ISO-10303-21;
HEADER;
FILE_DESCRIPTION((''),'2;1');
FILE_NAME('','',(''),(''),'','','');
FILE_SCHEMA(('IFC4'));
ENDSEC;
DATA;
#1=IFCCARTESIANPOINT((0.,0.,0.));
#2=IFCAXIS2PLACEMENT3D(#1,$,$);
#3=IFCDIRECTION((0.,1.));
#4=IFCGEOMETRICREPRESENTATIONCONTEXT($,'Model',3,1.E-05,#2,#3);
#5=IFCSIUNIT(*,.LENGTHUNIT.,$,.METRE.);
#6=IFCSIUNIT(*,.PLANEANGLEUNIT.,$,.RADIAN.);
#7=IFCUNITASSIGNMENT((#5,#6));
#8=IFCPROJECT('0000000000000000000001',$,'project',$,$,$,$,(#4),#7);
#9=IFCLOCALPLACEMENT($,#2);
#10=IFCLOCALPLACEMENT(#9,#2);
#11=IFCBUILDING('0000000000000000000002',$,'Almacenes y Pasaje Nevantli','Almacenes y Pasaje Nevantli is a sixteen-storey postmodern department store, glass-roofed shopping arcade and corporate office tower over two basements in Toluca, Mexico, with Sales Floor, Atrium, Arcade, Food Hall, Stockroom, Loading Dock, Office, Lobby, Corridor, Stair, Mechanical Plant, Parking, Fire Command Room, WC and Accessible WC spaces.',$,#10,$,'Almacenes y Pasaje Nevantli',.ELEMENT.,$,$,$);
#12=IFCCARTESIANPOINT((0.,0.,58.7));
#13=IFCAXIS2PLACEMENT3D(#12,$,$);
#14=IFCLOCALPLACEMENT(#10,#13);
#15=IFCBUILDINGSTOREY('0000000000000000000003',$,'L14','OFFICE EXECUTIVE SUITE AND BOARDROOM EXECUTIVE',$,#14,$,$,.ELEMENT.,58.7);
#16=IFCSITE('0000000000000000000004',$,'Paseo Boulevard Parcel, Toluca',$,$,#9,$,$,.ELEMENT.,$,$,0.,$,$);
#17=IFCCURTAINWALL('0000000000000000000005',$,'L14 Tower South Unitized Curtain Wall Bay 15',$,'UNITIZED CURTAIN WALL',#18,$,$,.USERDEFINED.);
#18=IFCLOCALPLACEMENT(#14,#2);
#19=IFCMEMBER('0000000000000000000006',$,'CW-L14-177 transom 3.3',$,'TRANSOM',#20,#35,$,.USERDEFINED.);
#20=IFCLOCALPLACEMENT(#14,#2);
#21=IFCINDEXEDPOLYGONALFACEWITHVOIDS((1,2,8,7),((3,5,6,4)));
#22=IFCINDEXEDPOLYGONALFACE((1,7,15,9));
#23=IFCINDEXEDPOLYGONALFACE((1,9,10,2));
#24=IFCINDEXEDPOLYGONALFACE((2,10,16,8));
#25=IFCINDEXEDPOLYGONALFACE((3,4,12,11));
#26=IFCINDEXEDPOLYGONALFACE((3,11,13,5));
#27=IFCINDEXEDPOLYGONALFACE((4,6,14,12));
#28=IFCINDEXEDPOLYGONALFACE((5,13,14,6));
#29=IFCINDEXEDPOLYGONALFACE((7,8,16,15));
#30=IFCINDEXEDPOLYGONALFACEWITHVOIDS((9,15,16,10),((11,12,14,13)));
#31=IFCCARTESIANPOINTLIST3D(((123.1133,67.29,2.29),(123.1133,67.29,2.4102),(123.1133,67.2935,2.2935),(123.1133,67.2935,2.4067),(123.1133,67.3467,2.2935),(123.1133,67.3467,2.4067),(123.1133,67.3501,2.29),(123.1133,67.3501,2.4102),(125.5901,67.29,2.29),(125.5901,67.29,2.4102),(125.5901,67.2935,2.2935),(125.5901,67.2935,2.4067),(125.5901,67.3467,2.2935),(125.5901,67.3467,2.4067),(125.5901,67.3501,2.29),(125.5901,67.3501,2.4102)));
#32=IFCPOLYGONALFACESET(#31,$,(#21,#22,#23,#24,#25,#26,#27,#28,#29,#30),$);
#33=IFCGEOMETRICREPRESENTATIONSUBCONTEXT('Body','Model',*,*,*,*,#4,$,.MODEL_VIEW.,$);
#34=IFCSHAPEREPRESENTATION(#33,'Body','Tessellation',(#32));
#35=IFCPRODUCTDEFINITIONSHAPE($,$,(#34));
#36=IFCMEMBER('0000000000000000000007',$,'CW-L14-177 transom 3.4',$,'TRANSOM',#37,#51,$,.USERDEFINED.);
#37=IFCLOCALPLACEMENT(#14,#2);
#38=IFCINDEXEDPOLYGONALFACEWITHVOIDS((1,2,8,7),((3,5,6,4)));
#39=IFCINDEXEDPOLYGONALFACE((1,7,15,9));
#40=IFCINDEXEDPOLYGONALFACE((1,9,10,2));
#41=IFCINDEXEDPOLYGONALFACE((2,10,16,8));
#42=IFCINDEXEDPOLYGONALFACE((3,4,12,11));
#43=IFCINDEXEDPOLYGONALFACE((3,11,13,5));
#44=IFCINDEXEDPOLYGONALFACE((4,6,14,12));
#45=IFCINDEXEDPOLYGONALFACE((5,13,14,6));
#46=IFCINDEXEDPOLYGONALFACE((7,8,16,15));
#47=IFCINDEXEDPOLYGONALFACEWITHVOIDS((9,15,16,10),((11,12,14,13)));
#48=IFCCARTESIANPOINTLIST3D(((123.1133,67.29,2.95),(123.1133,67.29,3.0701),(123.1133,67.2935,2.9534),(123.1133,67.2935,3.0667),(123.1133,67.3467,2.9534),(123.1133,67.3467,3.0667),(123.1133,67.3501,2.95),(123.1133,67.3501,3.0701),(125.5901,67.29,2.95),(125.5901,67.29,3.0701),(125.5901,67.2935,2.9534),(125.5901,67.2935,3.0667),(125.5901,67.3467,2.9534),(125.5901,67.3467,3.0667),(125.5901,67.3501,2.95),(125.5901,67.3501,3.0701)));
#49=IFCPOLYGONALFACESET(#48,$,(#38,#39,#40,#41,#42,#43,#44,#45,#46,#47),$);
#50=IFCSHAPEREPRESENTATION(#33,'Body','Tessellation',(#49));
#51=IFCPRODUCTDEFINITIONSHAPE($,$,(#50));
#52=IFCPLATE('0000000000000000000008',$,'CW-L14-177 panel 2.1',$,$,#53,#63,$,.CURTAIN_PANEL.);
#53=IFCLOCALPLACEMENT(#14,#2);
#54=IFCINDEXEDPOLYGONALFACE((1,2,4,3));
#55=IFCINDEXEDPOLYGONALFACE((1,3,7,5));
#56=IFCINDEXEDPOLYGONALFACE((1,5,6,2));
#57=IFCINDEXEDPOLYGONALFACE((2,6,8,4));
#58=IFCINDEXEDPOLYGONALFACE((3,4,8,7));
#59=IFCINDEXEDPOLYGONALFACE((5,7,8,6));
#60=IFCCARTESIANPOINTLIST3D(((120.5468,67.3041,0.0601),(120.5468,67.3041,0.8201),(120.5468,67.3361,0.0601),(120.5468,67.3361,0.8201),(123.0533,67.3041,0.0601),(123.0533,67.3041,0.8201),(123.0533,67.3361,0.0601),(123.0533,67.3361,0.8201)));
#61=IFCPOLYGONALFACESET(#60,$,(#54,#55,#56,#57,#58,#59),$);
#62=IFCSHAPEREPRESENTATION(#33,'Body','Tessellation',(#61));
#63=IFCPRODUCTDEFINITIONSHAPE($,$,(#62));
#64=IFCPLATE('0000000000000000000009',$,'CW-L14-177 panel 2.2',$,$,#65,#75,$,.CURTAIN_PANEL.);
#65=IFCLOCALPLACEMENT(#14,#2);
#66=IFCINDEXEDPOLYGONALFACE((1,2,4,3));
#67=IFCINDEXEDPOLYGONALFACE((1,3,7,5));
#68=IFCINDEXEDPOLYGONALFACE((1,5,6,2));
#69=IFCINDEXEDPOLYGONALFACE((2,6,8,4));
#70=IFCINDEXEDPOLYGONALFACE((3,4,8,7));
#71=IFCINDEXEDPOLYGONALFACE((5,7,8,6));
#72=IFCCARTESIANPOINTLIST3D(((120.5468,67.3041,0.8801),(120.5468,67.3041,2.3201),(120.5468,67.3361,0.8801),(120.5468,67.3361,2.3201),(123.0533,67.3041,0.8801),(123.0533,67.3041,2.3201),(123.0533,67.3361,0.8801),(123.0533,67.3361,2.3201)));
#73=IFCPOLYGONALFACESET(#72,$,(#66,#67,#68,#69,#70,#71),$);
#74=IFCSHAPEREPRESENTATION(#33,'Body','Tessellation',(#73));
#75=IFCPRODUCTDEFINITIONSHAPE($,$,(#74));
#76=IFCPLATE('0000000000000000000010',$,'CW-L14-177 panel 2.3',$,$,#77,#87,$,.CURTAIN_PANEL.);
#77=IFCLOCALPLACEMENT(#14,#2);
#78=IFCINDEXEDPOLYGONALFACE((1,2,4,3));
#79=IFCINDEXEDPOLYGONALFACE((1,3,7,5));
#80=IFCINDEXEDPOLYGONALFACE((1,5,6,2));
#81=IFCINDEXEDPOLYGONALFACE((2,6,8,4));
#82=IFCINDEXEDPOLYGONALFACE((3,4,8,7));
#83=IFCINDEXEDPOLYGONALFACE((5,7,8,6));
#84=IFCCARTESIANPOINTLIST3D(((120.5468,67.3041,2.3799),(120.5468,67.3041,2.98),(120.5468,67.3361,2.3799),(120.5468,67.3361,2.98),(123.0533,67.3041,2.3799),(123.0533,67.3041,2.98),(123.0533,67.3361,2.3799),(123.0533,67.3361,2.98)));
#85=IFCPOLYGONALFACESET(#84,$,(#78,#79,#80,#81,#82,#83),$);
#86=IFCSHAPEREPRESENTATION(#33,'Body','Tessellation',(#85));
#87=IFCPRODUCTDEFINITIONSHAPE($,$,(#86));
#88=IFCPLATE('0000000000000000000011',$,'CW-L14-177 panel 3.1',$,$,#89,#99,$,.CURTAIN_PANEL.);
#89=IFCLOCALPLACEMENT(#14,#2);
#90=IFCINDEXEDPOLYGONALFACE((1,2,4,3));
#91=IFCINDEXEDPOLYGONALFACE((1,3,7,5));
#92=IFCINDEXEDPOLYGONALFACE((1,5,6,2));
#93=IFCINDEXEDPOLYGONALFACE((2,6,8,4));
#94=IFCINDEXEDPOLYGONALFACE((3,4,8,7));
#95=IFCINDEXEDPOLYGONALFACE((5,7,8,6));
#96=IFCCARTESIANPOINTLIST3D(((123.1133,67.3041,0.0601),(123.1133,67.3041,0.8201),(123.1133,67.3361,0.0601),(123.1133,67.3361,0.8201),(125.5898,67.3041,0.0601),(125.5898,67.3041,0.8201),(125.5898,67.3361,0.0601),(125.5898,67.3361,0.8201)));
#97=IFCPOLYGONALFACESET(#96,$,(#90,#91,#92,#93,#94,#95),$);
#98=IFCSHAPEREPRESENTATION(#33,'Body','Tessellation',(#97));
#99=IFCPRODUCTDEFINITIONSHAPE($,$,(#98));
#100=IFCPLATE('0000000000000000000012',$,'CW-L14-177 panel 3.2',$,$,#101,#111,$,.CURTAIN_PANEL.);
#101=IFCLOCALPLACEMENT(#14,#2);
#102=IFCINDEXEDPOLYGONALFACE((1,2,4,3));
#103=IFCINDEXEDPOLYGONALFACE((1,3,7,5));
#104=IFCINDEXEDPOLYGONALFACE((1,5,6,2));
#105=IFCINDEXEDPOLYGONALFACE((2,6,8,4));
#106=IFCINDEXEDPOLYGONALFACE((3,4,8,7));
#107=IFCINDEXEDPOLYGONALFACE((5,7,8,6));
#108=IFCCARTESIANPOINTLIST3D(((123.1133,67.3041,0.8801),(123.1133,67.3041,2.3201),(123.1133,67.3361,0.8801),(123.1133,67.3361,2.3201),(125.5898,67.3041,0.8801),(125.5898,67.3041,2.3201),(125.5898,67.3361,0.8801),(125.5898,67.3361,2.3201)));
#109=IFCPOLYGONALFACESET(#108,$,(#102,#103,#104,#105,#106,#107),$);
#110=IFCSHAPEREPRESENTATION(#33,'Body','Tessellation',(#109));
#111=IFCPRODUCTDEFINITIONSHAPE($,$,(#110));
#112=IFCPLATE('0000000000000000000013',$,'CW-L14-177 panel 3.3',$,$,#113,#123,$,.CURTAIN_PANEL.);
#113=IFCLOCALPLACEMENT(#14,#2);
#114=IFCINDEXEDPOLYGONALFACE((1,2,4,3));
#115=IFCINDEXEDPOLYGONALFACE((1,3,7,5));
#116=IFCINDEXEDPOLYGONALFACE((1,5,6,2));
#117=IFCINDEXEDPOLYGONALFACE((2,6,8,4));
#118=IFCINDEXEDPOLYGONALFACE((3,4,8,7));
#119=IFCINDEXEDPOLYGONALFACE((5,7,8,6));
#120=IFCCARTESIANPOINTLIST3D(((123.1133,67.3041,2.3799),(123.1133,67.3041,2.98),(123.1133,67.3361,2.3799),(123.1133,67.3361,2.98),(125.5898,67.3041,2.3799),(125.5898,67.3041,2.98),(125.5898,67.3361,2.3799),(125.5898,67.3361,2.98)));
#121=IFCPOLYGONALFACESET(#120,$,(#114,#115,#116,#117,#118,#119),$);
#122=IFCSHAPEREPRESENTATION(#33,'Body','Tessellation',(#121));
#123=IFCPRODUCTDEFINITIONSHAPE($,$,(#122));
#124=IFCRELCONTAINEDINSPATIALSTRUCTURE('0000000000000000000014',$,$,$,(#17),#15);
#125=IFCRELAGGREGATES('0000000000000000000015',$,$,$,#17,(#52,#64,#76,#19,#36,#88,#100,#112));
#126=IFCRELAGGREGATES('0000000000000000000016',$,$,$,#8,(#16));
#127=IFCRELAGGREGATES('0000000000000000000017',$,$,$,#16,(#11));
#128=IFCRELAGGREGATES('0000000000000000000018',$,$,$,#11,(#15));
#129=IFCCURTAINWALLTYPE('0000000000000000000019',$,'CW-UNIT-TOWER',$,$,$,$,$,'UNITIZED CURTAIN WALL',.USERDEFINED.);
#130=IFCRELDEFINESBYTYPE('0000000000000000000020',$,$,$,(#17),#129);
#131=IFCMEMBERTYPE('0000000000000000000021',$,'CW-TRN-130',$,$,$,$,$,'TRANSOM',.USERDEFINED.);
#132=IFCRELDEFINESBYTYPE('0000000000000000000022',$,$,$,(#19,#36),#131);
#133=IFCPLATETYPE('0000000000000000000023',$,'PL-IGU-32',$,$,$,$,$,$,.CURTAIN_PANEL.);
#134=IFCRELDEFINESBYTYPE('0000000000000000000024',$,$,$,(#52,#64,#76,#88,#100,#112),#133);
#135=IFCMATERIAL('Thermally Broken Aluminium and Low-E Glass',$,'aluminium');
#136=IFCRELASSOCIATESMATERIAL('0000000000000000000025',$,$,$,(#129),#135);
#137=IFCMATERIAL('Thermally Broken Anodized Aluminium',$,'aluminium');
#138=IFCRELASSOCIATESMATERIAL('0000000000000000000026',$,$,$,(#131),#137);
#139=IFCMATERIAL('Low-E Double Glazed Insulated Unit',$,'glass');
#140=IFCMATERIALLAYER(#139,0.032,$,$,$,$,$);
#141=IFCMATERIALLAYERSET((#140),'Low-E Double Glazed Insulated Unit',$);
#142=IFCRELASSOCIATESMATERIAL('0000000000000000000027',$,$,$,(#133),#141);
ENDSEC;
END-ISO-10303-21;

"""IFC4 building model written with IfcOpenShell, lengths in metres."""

from ifc_helpers import new_model, si_unit, direction, frame, origin, origin_2d, place, context, subcontext, project, spatial, rectangle, hollow_rectangle, extrude, material, layer, layer_set, material_profile, profile_set, type_object, element, aggregate, save


model = new_model("IFC4")

# Units and contexts
model_context = context("Model", 3, precision=1e-05, world=origin(), true_north=direction((0.0, 1.0)))
body_context = subcontext(model_context, "Body", "Model", "MODEL_VIEW")
ifc_project = project(units=[si_unit("LENGTHUNIT", "METRE"), si_unit("PLANEANGLEUNIT", "RADIAN")], contexts=[model_context])

# Site, building, storey
site_placement = place(None, origin())
site = spatial("IfcSite", under=ifc_project, at=site_placement, Name="Paseo Boulevard Parcel, Toluca", CompositionType="ELEMENT", RefElevation=0.0)
building_placement = place(site_placement, origin())
building = spatial("IfcBuilding", under=site, at=building_placement, Name="Almacenes y Pasaje Nevantli", Description="Almacenes y Pasaje Nevantli is a sixteen-storey postmodern department store, glass-roofed shopping arcade and corporate office tower over two basements in Toluca, Mexico, with Sales Floor, Atrium, Arcade, Food Hall, Stockroom, Loading Dock, Office, Lobby, Corridor, Stair, Mechanical Plant, Parking, Fire Command Room, WC and Accessible WC spaces.", LongName="Almacenes y Pasaje Nevantli", CompositionType="ELEMENT")
storey_placement = place(building_placement, frame((0.0, 0.0, 58.7)))
storey = spatial("IfcBuildingStorey", under=building, at=storey_placement, Name="L14", Description="OFFICE EXECUTIVE SUITE AND BOARDROOM EXECUTIVE", CompositionType="ELEMENT", Elevation=58.7)

# Curtain wall, members, plates
ifc_material_1 = material(Name="Thermally Broken Aluminium and Low-E Glass", Category="aluminium")
curtain_wall_type = type_object("IfcCurtainWallType", Name="CW-UNIT-TOWER", ElementType="UNITIZED CURTAIN WALL", PredefinedType="USERDEFINED", material=ifc_material_1)
curtain_wall_placement = place(storey_placement, origin())
curtain_wall = element("IfcCurtainWall", 1, at=curtain_wall_placement, inside=storey, type_object=curtain_wall_type, Name="L14 Tower South Unitized Curtain Wall Bay 15", ObjectType="UNITIZED CURTAIN WALL", PredefinedType="USERDEFINED")
ifc_material_2 = material(Name="Thermally Broken Anodized Aluminium", Category="aluminium")
ifc_material_profile_1 = material_profile(ifc_material_2, hollow_rectangle(XDim=0.0601, YDim=0.1201, WallThickness=0.0034, at=origin_2d()), Name="ALU-TRN-60x120")
ifc_profile_set_1 = profile_set([ifc_material_profile_1], Name="Thermally Broken Anodized Aluminium")
member_type_1 = type_object("IfcMemberType", Name="CW-TRN-130", ElementType="TRANSOM", PredefinedType="USERDEFINED", material=ifc_profile_set_1)
member_1_placement = place(storey_placement, frame((123.1133, 67.3201, 2.3501), z_axis=(1.0, 0.0, 0.0), x_axis=(0.0, 1.0, 0.0)))
member_1 = element("IfcMember", 2, at=member_1_placement, type_object=member_type_1, Name="CW-L14-177 transom 3.3", ObjectType="TRANSOM", PredefinedType="USERDEFINED", context=body_context, shape_type="SweptSolid", body=[
    extrude(hollow_rectangle(XDim=0.0601, YDim=0.1201, WallThickness=0.0034, at=origin_2d()), origin(), (0.0, 0.0, 1.0), 2.4768),
])
member_2_placement = place(storey_placement, frame((123.1133, 67.3201, 3.01), z_axis=(1.0, 0.0, 0.0), x_axis=(0.0, 1.0, 0.0)))
member_2 = element("IfcMember", 3, at=member_2_placement, type_object=member_type_1, Name="CW-L14-177 transom 3.4", ObjectType="TRANSOM", PredefinedType="USERDEFINED", context=body_context, shape_type="SweptSolid", body=[
    extrude(hollow_rectangle(XDim=0.0601, YDim=0.1201, WallThickness=0.0034, at=origin_2d()), origin(), (0.0, 0.0, 1.0), 2.4768),
])
ifc_material_3 = material(Name="Low-E Double Glazed Insulated Unit", Category="glass")
ifc_layer = layer(ifc_material_3, 0.032)
ifc_layer_set = layer_set([ifc_layer], Name="Low-E Double Glazed Insulated Unit")
plate_type = type_object("IfcPlateType", Name="PL-IGU-32", PredefinedType="CURTAIN_PANEL", material=ifc_layer_set)
plate_1_placement = place(storey_placement, frame((121.8, 67.3201, 0.0601), z_axis=(0.0, 0.0, 1.0), x_axis=(1.0, 0.0, 0.0)))
plate_1 = element("IfcPlate", 4, at=plate_1_placement, type_object=plate_type, Name="CW-L14-177 panel 2.1", PredefinedType="CURTAIN_PANEL", context=body_context, shape_type="SweptSolid", body=[
    extrude(rectangle(XDim=2.5066, YDim=0.032, at=origin_2d()), origin(), (0.0, 0.0, 1.0), 0.76),
])
plate_2_placement = place(storey_placement, frame((121.8, 67.3201, 0.8801), z_axis=(0.0, 0.0, 1.0), x_axis=(1.0, 0.0, 0.0)))
plate_2 = element("IfcPlate", 5, at=plate_2_placement, type_object=plate_type, Name="CW-L14-177 panel 2.2", PredefinedType="CURTAIN_PANEL", context=body_context, shape_type="SweptSolid", body=[
    extrude(rectangle(XDim=2.5066, YDim=0.032, at=origin_2d()), origin(), (0.0, 0.0, 1.0), 1.4399),
])
plate_3_placement = place(storey_placement, frame((121.8, 67.3201, 2.3799), z_axis=(0.0, 0.0, 1.0), x_axis=(1.0, 0.0, 0.0)))
plate_3 = element("IfcPlate", 6, at=plate_3_placement, type_object=plate_type, Name="CW-L14-177 panel 2.3", PredefinedType="CURTAIN_PANEL", context=body_context, shape_type="SweptSolid", body=[
    extrude(rectangle(XDim=2.5066, YDim=0.032, at=origin_2d()), origin(), (0.0, 0.0, 1.0), 0.6001),
])
plate_4_placement = place(storey_placement, frame((124.3516, 67.3201, 0.0601), z_axis=(0.0, 0.0, 1.0), x_axis=(1.0, 0.0, 0.0)))
plate_4 = element("IfcPlate", 7, at=plate_4_placement, type_object=plate_type, Name="CW-L14-177 panel 3.1", PredefinedType="CURTAIN_PANEL", context=body_context, shape_type="SweptSolid", body=[
    extrude(rectangle(XDim=2.4766, YDim=0.032, at=origin_2d()), origin(), (0.0, 0.0, 1.0), 0.76),
])
plate_5_placement = place(storey_placement, frame((124.3516, 67.3201, 0.8801), z_axis=(0.0, 0.0, 1.0), x_axis=(1.0, 0.0, 0.0)))
plate_5 = element("IfcPlate", 8, at=plate_5_placement, type_object=plate_type, Name="CW-L14-177 panel 3.2", PredefinedType="CURTAIN_PANEL", context=body_context, shape_type="SweptSolid", body=[
    extrude(rectangle(XDim=2.4766, YDim=0.032, at=origin_2d()), origin(), (0.0, 0.0, 1.0), 1.4399),
])
plate_6_placement = place(storey_placement, frame((124.3516, 67.3201, 2.3799), z_axis=(0.0, 0.0, 1.0), x_axis=(1.0, 0.0, 0.0)))
plate_6 = element("IfcPlate", 9, at=plate_6_placement, type_object=plate_type, Name="CW-L14-177 panel 3.3", PredefinedType="CURTAIN_PANEL", context=body_context, shape_type="SweptSolid", body=[
    extrude(rectangle(XDim=2.4766, YDim=0.032, at=origin_2d()), origin(), (0.0, 0.0, 1.0), 0.6001),
])
aggregate(curtain_wall, [plate_1, plate_2, plate_3, member_1, member_2, plate_4, plate_5, plate_6])

save(model, "model.ifc")
